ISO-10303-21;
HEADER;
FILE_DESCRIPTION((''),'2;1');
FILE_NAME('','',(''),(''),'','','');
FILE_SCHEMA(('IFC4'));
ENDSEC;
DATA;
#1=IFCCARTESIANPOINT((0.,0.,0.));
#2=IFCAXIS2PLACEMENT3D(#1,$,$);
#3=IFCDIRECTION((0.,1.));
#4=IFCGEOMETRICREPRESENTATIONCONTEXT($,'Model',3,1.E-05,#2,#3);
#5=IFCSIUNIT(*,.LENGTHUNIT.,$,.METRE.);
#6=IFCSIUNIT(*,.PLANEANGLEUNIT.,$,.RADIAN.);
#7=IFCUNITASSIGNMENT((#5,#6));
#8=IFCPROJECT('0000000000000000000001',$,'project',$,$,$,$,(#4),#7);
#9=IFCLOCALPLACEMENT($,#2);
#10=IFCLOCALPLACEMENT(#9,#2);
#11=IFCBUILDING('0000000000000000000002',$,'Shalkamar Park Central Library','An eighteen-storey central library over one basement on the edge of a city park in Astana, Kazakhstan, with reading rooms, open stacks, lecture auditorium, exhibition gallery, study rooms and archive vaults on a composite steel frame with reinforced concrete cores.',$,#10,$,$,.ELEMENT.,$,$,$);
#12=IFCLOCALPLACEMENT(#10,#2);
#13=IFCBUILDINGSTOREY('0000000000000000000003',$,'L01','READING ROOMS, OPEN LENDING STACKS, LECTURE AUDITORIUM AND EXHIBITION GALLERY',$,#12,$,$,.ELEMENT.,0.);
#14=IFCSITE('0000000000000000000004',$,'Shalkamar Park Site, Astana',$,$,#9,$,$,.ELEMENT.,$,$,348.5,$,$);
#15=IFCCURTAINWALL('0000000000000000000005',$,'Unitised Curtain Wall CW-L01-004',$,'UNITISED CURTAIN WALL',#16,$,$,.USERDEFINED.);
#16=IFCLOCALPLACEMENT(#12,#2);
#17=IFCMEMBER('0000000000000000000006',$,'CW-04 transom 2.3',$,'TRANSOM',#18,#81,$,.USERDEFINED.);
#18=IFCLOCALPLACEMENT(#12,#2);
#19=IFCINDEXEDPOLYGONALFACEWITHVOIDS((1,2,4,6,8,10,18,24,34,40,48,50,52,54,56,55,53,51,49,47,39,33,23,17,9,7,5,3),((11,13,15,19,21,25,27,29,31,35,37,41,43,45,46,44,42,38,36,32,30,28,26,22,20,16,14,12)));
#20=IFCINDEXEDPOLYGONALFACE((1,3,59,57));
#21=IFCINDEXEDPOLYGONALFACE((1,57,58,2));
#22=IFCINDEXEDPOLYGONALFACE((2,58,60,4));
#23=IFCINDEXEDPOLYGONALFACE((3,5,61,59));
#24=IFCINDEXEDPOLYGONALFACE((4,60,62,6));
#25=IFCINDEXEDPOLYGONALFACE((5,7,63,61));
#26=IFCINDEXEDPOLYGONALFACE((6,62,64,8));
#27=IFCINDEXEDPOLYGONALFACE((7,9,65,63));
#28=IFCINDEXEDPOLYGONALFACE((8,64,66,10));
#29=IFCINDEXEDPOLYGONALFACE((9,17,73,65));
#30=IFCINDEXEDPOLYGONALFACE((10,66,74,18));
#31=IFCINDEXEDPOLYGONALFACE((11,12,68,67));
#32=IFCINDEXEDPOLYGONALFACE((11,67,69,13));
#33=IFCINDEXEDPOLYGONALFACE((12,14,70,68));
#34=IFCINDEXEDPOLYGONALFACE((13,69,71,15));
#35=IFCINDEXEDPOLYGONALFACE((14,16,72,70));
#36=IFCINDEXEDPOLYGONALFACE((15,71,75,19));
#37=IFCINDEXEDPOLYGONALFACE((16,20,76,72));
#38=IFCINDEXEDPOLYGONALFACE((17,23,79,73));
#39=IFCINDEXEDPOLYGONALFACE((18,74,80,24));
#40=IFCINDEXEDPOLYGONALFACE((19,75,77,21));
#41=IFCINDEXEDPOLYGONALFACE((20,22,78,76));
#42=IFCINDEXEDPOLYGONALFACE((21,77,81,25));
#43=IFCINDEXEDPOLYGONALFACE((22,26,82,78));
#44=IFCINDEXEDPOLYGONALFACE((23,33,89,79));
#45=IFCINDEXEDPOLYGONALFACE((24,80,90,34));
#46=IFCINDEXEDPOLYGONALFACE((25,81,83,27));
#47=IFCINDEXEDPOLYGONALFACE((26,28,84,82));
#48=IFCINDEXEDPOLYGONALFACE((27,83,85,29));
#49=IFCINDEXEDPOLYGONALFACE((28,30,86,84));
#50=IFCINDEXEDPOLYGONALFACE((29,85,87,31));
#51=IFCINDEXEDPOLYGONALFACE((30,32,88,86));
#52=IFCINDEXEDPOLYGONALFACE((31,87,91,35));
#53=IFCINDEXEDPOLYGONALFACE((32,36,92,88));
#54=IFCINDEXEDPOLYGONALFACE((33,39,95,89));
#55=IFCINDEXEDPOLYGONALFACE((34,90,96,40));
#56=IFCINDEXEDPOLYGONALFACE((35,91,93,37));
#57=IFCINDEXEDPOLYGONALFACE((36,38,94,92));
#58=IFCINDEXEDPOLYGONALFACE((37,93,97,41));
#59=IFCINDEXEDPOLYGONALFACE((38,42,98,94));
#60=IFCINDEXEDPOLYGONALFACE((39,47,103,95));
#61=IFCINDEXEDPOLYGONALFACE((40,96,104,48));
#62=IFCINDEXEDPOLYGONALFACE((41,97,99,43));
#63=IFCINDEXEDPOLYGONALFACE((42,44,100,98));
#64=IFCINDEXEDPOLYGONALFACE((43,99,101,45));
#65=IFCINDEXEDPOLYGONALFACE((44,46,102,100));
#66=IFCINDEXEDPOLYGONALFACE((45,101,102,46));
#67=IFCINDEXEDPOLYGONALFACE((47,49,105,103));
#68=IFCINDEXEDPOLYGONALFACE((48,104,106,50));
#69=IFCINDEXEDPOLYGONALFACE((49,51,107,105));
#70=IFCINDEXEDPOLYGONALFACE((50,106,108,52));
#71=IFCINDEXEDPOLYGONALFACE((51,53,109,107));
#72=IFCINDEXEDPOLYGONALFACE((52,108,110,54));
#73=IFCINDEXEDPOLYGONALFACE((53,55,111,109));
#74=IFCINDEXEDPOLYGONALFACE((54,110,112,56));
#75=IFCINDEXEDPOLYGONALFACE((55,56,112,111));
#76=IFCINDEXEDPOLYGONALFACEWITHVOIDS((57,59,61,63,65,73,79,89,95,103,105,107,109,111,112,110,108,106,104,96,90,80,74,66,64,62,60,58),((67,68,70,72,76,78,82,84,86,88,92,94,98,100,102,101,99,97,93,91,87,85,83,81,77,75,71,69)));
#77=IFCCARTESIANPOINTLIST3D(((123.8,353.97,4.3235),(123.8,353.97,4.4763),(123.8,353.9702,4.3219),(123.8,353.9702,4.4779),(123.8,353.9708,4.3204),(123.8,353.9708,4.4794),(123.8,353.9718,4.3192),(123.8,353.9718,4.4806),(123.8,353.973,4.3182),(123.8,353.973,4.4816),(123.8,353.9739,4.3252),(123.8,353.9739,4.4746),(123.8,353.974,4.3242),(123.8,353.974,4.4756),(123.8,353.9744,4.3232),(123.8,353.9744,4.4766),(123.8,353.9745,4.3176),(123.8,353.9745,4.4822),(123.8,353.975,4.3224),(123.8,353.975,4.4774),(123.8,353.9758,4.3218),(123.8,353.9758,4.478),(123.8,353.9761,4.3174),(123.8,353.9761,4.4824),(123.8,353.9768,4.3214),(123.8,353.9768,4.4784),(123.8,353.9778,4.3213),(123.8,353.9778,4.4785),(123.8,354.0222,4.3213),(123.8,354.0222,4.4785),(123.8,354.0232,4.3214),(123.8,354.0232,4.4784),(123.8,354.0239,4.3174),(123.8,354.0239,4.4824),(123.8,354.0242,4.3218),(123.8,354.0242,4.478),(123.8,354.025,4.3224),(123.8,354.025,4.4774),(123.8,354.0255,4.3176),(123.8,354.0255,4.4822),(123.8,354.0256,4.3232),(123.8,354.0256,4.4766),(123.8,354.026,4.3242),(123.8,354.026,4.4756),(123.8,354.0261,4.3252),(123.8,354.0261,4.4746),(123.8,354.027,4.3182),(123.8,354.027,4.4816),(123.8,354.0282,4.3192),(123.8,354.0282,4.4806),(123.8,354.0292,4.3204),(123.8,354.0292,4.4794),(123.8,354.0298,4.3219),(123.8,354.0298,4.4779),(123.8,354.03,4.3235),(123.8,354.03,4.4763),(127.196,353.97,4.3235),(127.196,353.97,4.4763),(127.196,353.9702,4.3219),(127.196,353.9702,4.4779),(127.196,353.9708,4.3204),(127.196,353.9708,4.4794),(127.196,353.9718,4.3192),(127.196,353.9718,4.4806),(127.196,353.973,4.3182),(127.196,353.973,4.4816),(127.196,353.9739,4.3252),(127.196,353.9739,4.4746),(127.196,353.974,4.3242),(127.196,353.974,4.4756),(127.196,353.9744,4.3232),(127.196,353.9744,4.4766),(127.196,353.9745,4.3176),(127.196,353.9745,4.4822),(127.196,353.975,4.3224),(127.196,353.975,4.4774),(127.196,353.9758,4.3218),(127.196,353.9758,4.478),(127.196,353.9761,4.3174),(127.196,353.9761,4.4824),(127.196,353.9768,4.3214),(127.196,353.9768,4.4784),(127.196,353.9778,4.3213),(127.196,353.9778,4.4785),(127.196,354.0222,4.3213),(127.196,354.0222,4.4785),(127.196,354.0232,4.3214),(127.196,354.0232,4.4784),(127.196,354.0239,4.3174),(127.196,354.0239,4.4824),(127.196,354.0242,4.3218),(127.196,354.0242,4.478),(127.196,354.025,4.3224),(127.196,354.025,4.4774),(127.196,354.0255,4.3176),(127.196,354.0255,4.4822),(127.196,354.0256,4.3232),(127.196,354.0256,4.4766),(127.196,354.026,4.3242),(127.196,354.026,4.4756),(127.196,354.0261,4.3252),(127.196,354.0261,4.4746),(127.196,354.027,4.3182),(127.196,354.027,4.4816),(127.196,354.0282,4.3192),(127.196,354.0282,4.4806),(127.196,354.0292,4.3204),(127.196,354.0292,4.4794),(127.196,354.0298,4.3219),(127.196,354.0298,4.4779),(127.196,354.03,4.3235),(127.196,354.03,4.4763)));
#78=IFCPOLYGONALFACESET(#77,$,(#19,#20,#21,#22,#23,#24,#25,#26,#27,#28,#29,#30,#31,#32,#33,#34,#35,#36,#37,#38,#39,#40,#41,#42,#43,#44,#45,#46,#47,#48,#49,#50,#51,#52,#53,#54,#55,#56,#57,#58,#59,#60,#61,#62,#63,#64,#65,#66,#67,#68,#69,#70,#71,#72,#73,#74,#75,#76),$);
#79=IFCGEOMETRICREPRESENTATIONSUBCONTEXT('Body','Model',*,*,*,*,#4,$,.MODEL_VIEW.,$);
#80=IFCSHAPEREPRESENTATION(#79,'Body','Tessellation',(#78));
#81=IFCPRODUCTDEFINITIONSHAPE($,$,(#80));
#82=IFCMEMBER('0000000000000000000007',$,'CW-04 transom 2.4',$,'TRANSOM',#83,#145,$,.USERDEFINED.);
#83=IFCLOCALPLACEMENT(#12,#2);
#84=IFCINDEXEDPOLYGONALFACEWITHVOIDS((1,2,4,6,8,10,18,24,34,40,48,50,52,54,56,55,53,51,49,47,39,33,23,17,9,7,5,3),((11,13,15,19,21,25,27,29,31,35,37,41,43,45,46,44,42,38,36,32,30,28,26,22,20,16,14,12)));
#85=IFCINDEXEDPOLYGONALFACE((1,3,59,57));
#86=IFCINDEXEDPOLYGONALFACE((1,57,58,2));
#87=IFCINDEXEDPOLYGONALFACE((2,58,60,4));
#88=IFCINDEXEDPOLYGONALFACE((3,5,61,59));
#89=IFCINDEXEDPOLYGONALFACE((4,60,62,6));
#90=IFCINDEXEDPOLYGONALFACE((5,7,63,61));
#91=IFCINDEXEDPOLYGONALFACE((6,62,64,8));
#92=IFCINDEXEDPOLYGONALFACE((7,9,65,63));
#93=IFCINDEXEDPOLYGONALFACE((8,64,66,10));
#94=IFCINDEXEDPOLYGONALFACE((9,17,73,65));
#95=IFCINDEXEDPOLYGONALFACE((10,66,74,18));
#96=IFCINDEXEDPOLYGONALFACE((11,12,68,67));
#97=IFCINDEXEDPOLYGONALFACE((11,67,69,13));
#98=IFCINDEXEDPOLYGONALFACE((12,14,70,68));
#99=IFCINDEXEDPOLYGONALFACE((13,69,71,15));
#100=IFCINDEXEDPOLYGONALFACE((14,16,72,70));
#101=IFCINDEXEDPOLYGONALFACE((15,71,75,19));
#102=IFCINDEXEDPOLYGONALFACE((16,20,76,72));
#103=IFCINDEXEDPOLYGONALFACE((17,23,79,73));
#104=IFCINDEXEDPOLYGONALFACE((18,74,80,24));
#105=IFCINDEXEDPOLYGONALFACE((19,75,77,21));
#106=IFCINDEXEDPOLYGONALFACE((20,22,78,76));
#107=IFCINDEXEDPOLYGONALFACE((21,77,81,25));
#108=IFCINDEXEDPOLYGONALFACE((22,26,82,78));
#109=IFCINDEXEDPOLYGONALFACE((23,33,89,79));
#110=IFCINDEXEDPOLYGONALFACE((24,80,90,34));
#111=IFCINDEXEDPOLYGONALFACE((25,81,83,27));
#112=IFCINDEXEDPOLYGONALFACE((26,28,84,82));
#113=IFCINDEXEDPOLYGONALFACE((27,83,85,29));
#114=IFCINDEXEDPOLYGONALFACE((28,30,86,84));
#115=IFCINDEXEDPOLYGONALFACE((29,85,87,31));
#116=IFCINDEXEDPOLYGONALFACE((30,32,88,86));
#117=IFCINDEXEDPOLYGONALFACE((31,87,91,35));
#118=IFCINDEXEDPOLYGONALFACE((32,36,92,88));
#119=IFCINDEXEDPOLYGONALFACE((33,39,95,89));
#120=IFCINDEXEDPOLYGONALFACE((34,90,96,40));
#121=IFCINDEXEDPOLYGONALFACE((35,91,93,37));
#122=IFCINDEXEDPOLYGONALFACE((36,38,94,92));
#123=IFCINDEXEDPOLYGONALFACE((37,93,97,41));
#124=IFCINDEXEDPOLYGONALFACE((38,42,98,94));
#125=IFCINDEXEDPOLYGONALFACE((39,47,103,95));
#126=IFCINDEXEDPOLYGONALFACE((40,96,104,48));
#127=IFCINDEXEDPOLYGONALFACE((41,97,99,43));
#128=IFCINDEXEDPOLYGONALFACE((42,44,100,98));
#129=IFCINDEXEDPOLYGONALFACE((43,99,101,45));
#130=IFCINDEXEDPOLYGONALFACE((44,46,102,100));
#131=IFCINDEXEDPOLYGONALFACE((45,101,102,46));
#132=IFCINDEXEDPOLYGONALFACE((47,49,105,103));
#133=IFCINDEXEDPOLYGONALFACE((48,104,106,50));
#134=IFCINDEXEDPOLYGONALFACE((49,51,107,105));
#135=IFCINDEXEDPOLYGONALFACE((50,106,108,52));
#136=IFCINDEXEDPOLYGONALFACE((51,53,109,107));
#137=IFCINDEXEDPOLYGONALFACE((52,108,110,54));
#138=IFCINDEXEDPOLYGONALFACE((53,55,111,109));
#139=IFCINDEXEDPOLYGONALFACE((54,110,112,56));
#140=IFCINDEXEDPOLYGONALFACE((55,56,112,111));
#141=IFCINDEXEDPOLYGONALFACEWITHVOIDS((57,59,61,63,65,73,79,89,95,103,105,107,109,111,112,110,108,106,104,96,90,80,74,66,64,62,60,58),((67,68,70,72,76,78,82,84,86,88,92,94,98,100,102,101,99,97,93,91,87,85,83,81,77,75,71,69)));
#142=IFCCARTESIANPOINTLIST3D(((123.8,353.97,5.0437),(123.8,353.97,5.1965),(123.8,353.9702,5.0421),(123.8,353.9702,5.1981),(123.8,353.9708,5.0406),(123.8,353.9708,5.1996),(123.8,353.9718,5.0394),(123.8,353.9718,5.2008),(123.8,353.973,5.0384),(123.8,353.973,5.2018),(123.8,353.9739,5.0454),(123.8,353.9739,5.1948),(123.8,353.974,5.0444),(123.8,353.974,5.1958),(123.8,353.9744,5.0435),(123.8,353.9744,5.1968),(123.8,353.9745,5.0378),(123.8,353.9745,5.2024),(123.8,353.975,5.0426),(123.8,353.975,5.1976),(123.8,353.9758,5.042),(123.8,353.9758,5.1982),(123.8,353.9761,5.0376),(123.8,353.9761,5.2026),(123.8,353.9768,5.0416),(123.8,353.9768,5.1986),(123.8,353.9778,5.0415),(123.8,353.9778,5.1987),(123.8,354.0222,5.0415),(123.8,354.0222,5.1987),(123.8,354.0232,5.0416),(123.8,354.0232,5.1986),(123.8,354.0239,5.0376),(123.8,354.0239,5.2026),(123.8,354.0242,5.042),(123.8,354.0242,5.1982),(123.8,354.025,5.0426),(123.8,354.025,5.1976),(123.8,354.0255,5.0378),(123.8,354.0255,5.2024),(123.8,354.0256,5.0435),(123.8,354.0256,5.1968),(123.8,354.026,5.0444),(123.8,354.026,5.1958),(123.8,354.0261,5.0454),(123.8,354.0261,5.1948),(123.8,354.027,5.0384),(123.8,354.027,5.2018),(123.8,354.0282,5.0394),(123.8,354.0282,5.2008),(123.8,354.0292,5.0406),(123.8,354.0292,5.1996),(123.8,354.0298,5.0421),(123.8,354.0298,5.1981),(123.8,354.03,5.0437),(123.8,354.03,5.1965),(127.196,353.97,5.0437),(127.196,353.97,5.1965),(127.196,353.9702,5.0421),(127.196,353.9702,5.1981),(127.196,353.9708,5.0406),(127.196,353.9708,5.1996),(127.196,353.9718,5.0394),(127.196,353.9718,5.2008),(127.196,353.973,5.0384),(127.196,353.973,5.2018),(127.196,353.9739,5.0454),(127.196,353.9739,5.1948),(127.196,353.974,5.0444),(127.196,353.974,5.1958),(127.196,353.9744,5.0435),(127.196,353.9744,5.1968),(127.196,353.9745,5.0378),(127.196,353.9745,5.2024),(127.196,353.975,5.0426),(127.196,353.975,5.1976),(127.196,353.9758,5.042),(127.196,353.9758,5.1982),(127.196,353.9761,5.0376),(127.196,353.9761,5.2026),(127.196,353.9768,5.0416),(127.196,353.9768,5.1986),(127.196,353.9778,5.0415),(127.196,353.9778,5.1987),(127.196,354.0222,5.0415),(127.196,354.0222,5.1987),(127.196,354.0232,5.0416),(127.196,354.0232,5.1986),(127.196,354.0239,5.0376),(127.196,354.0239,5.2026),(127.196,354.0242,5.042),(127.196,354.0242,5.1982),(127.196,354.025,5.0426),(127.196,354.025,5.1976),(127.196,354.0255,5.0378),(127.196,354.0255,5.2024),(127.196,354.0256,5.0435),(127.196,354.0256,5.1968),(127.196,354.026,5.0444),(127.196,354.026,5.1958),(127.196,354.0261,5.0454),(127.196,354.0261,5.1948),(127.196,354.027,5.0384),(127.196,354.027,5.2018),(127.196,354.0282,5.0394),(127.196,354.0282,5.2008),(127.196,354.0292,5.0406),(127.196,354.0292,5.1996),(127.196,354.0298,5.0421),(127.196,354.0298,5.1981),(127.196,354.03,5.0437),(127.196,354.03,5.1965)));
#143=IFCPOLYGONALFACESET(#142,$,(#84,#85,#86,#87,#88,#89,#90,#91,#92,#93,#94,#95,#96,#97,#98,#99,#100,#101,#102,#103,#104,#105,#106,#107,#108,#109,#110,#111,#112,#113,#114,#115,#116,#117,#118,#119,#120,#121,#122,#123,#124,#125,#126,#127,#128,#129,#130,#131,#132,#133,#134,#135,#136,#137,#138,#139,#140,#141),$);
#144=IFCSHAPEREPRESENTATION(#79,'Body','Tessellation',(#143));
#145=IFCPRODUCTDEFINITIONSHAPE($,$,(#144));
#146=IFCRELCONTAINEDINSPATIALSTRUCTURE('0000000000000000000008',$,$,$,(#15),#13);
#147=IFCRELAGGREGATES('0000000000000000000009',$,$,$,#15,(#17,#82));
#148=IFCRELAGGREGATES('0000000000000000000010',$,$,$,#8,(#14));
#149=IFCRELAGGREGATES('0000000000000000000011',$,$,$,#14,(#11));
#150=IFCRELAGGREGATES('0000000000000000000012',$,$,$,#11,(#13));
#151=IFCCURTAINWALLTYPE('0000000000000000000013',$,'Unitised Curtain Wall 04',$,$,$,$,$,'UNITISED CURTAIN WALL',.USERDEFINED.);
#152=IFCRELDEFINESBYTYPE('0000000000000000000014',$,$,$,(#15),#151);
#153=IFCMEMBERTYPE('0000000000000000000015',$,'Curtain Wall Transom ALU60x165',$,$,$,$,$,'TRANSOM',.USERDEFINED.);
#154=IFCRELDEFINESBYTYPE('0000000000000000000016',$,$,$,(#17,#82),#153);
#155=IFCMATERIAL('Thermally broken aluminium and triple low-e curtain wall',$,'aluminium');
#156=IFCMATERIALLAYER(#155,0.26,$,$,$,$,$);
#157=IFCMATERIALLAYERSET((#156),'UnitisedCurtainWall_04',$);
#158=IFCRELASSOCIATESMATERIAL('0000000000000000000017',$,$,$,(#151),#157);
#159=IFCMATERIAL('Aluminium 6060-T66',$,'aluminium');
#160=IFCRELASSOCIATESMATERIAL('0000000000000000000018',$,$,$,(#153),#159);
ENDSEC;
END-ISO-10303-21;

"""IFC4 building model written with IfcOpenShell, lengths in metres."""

from ifc_helpers import new_model, si_unit, direction, frame, origin, origin_2d, place, context, subcontext, project, spatial, hollow_rectangle, extrude, material, layer, layer_set, material_profile, profile_set, type_object, element, aggregate, save


model = new_model("IFC4")

# Units and contexts
model_context = context("Model", 3, precision=1e-05, world=origin(), true_north=direction((0.0, 1.0)))
body_context = subcontext(model_context, "Body", "Model", "MODEL_VIEW")
ifc_project = project(units=[si_unit("LENGTHUNIT", "METRE"), si_unit("PLANEANGLEUNIT", "RADIAN")], contexts=[model_context])

# Site, building, storey
site_placement = place(None, origin())
site = spatial("IfcSite", under=ifc_project, at=site_placement, Name="Shalkamar Park Site, Astana", CompositionType="ELEMENT", RefElevation=348.5)
building_placement = place(site_placement, origin())
building = spatial("IfcBuilding", under=site, at=building_placement, Name="Shalkamar Park Central Library", Description="An eighteen-storey central library over one basement on the edge of a city park in Astana, Kazakhstan, with reading rooms, open stacks, lecture auditorium, exhibition gallery, study rooms and archive vaults on a composite steel frame with reinforced concrete cores.", CompositionType="ELEMENT")
storey_placement = place(building_placement, origin())
storey = spatial("IfcBuildingStorey", under=building, at=storey_placement, Name="L01", Description="READING ROOMS, OPEN LENDING STACKS, LECTURE AUDITORIUM AND EXHIBITION GALLERY", CompositionType="ELEMENT", Elevation=0.0)

# Curtain wall
ifc_material_1 = material(Name="Thermally broken aluminium and triple low-e curtain wall", Category="aluminium")
ifc_layer_1 = layer(ifc_material_1, 0.26)
ifc_layer_set_1 = layer_set([ifc_layer_1], Name="UnitisedCurtainWall_04")
curtain_wall_type_1 = type_object("IfcCurtainWallType", Name="Unitised Curtain Wall 04", ElementType="UNITISED CURTAIN WALL", PredefinedType="USERDEFINED", material=ifc_layer_set_1)
curtain_wall_1_placement = place(storey_placement, origin())
curtain_wall_1 = element("IfcCurtainWall", 1, at=curtain_wall_1_placement, inside=storey, type_object=curtain_wall_type_1, Name="Unitised Curtain Wall CW-L01-004", ObjectType="UNITISED CURTAIN WALL", PredefinedType="USERDEFINED")
ifc_material_2 = material(Name="Aluminium 6060-T66", Category="aluminium")

# Members
ifc_material_profile_1 = material_profile(ifc_material_2, hollow_rectangle(XDim=0.0601, YDim=0.165, WallThickness=0.0039, InnerFilletRadius=0.0039, OuterFilletRadius=0.0061, at=origin_2d()), Name="ALU 60x165x4")
ifc_profile_set_1 = profile_set([ifc_material_profile_1], Name="Aluminium 6060-T66")
member_type_1 = type_object("IfcMemberType", Name="Curtain Wall Transom ALU60x165", ElementType="TRANSOM", PredefinedType="USERDEFINED", material=ifc_profile_set_1)
member_1_placement = place(storey_placement, frame((123.8, 354.0, 4.3999), z_axis=(1.0, 0.0, 0.0), x_axis=(0.0, 1.0, 0.0)))
member_1 = element("IfcMember", 2, at=member_1_placement, type_object=member_type_1, Name="CW-04 transom 2.3", ObjectType="TRANSOM", PredefinedType="USERDEFINED", context=body_context, shape_type="SweptSolid", body=[
    extrude(hollow_rectangle(XDim=0.0601, YDim=0.165, WallThickness=0.0039, InnerFilletRadius=0.0039, OuterFilletRadius=0.0061, at=origin_2d()), origin(), (0.0, 0.0, 1.0), 3.396),
])
member_2_placement = place(storey_placement, frame((123.8, 354.0, 5.1201), z_axis=(1.0, 0.0, 0.0), x_axis=(0.0, 1.0, 0.0)))
member_2 = element("IfcMember", 3, at=member_2_placement, type_object=member_type_1, Name="CW-04 transom 2.4", ObjectType="TRANSOM", PredefinedType="USERDEFINED", context=body_context, shape_type="SweptSolid", body=[
    extrude(hollow_rectangle(XDim=0.0601, YDim=0.165, WallThickness=0.0039, InnerFilletRadius=0.0039, OuterFilletRadius=0.0061, at=origin_2d()), origin(), (0.0, 0.0, 1.0), 3.396),
])

aggregate(curtain_wall_1, [member_1, member_2])

save(model, "model.ifc")
